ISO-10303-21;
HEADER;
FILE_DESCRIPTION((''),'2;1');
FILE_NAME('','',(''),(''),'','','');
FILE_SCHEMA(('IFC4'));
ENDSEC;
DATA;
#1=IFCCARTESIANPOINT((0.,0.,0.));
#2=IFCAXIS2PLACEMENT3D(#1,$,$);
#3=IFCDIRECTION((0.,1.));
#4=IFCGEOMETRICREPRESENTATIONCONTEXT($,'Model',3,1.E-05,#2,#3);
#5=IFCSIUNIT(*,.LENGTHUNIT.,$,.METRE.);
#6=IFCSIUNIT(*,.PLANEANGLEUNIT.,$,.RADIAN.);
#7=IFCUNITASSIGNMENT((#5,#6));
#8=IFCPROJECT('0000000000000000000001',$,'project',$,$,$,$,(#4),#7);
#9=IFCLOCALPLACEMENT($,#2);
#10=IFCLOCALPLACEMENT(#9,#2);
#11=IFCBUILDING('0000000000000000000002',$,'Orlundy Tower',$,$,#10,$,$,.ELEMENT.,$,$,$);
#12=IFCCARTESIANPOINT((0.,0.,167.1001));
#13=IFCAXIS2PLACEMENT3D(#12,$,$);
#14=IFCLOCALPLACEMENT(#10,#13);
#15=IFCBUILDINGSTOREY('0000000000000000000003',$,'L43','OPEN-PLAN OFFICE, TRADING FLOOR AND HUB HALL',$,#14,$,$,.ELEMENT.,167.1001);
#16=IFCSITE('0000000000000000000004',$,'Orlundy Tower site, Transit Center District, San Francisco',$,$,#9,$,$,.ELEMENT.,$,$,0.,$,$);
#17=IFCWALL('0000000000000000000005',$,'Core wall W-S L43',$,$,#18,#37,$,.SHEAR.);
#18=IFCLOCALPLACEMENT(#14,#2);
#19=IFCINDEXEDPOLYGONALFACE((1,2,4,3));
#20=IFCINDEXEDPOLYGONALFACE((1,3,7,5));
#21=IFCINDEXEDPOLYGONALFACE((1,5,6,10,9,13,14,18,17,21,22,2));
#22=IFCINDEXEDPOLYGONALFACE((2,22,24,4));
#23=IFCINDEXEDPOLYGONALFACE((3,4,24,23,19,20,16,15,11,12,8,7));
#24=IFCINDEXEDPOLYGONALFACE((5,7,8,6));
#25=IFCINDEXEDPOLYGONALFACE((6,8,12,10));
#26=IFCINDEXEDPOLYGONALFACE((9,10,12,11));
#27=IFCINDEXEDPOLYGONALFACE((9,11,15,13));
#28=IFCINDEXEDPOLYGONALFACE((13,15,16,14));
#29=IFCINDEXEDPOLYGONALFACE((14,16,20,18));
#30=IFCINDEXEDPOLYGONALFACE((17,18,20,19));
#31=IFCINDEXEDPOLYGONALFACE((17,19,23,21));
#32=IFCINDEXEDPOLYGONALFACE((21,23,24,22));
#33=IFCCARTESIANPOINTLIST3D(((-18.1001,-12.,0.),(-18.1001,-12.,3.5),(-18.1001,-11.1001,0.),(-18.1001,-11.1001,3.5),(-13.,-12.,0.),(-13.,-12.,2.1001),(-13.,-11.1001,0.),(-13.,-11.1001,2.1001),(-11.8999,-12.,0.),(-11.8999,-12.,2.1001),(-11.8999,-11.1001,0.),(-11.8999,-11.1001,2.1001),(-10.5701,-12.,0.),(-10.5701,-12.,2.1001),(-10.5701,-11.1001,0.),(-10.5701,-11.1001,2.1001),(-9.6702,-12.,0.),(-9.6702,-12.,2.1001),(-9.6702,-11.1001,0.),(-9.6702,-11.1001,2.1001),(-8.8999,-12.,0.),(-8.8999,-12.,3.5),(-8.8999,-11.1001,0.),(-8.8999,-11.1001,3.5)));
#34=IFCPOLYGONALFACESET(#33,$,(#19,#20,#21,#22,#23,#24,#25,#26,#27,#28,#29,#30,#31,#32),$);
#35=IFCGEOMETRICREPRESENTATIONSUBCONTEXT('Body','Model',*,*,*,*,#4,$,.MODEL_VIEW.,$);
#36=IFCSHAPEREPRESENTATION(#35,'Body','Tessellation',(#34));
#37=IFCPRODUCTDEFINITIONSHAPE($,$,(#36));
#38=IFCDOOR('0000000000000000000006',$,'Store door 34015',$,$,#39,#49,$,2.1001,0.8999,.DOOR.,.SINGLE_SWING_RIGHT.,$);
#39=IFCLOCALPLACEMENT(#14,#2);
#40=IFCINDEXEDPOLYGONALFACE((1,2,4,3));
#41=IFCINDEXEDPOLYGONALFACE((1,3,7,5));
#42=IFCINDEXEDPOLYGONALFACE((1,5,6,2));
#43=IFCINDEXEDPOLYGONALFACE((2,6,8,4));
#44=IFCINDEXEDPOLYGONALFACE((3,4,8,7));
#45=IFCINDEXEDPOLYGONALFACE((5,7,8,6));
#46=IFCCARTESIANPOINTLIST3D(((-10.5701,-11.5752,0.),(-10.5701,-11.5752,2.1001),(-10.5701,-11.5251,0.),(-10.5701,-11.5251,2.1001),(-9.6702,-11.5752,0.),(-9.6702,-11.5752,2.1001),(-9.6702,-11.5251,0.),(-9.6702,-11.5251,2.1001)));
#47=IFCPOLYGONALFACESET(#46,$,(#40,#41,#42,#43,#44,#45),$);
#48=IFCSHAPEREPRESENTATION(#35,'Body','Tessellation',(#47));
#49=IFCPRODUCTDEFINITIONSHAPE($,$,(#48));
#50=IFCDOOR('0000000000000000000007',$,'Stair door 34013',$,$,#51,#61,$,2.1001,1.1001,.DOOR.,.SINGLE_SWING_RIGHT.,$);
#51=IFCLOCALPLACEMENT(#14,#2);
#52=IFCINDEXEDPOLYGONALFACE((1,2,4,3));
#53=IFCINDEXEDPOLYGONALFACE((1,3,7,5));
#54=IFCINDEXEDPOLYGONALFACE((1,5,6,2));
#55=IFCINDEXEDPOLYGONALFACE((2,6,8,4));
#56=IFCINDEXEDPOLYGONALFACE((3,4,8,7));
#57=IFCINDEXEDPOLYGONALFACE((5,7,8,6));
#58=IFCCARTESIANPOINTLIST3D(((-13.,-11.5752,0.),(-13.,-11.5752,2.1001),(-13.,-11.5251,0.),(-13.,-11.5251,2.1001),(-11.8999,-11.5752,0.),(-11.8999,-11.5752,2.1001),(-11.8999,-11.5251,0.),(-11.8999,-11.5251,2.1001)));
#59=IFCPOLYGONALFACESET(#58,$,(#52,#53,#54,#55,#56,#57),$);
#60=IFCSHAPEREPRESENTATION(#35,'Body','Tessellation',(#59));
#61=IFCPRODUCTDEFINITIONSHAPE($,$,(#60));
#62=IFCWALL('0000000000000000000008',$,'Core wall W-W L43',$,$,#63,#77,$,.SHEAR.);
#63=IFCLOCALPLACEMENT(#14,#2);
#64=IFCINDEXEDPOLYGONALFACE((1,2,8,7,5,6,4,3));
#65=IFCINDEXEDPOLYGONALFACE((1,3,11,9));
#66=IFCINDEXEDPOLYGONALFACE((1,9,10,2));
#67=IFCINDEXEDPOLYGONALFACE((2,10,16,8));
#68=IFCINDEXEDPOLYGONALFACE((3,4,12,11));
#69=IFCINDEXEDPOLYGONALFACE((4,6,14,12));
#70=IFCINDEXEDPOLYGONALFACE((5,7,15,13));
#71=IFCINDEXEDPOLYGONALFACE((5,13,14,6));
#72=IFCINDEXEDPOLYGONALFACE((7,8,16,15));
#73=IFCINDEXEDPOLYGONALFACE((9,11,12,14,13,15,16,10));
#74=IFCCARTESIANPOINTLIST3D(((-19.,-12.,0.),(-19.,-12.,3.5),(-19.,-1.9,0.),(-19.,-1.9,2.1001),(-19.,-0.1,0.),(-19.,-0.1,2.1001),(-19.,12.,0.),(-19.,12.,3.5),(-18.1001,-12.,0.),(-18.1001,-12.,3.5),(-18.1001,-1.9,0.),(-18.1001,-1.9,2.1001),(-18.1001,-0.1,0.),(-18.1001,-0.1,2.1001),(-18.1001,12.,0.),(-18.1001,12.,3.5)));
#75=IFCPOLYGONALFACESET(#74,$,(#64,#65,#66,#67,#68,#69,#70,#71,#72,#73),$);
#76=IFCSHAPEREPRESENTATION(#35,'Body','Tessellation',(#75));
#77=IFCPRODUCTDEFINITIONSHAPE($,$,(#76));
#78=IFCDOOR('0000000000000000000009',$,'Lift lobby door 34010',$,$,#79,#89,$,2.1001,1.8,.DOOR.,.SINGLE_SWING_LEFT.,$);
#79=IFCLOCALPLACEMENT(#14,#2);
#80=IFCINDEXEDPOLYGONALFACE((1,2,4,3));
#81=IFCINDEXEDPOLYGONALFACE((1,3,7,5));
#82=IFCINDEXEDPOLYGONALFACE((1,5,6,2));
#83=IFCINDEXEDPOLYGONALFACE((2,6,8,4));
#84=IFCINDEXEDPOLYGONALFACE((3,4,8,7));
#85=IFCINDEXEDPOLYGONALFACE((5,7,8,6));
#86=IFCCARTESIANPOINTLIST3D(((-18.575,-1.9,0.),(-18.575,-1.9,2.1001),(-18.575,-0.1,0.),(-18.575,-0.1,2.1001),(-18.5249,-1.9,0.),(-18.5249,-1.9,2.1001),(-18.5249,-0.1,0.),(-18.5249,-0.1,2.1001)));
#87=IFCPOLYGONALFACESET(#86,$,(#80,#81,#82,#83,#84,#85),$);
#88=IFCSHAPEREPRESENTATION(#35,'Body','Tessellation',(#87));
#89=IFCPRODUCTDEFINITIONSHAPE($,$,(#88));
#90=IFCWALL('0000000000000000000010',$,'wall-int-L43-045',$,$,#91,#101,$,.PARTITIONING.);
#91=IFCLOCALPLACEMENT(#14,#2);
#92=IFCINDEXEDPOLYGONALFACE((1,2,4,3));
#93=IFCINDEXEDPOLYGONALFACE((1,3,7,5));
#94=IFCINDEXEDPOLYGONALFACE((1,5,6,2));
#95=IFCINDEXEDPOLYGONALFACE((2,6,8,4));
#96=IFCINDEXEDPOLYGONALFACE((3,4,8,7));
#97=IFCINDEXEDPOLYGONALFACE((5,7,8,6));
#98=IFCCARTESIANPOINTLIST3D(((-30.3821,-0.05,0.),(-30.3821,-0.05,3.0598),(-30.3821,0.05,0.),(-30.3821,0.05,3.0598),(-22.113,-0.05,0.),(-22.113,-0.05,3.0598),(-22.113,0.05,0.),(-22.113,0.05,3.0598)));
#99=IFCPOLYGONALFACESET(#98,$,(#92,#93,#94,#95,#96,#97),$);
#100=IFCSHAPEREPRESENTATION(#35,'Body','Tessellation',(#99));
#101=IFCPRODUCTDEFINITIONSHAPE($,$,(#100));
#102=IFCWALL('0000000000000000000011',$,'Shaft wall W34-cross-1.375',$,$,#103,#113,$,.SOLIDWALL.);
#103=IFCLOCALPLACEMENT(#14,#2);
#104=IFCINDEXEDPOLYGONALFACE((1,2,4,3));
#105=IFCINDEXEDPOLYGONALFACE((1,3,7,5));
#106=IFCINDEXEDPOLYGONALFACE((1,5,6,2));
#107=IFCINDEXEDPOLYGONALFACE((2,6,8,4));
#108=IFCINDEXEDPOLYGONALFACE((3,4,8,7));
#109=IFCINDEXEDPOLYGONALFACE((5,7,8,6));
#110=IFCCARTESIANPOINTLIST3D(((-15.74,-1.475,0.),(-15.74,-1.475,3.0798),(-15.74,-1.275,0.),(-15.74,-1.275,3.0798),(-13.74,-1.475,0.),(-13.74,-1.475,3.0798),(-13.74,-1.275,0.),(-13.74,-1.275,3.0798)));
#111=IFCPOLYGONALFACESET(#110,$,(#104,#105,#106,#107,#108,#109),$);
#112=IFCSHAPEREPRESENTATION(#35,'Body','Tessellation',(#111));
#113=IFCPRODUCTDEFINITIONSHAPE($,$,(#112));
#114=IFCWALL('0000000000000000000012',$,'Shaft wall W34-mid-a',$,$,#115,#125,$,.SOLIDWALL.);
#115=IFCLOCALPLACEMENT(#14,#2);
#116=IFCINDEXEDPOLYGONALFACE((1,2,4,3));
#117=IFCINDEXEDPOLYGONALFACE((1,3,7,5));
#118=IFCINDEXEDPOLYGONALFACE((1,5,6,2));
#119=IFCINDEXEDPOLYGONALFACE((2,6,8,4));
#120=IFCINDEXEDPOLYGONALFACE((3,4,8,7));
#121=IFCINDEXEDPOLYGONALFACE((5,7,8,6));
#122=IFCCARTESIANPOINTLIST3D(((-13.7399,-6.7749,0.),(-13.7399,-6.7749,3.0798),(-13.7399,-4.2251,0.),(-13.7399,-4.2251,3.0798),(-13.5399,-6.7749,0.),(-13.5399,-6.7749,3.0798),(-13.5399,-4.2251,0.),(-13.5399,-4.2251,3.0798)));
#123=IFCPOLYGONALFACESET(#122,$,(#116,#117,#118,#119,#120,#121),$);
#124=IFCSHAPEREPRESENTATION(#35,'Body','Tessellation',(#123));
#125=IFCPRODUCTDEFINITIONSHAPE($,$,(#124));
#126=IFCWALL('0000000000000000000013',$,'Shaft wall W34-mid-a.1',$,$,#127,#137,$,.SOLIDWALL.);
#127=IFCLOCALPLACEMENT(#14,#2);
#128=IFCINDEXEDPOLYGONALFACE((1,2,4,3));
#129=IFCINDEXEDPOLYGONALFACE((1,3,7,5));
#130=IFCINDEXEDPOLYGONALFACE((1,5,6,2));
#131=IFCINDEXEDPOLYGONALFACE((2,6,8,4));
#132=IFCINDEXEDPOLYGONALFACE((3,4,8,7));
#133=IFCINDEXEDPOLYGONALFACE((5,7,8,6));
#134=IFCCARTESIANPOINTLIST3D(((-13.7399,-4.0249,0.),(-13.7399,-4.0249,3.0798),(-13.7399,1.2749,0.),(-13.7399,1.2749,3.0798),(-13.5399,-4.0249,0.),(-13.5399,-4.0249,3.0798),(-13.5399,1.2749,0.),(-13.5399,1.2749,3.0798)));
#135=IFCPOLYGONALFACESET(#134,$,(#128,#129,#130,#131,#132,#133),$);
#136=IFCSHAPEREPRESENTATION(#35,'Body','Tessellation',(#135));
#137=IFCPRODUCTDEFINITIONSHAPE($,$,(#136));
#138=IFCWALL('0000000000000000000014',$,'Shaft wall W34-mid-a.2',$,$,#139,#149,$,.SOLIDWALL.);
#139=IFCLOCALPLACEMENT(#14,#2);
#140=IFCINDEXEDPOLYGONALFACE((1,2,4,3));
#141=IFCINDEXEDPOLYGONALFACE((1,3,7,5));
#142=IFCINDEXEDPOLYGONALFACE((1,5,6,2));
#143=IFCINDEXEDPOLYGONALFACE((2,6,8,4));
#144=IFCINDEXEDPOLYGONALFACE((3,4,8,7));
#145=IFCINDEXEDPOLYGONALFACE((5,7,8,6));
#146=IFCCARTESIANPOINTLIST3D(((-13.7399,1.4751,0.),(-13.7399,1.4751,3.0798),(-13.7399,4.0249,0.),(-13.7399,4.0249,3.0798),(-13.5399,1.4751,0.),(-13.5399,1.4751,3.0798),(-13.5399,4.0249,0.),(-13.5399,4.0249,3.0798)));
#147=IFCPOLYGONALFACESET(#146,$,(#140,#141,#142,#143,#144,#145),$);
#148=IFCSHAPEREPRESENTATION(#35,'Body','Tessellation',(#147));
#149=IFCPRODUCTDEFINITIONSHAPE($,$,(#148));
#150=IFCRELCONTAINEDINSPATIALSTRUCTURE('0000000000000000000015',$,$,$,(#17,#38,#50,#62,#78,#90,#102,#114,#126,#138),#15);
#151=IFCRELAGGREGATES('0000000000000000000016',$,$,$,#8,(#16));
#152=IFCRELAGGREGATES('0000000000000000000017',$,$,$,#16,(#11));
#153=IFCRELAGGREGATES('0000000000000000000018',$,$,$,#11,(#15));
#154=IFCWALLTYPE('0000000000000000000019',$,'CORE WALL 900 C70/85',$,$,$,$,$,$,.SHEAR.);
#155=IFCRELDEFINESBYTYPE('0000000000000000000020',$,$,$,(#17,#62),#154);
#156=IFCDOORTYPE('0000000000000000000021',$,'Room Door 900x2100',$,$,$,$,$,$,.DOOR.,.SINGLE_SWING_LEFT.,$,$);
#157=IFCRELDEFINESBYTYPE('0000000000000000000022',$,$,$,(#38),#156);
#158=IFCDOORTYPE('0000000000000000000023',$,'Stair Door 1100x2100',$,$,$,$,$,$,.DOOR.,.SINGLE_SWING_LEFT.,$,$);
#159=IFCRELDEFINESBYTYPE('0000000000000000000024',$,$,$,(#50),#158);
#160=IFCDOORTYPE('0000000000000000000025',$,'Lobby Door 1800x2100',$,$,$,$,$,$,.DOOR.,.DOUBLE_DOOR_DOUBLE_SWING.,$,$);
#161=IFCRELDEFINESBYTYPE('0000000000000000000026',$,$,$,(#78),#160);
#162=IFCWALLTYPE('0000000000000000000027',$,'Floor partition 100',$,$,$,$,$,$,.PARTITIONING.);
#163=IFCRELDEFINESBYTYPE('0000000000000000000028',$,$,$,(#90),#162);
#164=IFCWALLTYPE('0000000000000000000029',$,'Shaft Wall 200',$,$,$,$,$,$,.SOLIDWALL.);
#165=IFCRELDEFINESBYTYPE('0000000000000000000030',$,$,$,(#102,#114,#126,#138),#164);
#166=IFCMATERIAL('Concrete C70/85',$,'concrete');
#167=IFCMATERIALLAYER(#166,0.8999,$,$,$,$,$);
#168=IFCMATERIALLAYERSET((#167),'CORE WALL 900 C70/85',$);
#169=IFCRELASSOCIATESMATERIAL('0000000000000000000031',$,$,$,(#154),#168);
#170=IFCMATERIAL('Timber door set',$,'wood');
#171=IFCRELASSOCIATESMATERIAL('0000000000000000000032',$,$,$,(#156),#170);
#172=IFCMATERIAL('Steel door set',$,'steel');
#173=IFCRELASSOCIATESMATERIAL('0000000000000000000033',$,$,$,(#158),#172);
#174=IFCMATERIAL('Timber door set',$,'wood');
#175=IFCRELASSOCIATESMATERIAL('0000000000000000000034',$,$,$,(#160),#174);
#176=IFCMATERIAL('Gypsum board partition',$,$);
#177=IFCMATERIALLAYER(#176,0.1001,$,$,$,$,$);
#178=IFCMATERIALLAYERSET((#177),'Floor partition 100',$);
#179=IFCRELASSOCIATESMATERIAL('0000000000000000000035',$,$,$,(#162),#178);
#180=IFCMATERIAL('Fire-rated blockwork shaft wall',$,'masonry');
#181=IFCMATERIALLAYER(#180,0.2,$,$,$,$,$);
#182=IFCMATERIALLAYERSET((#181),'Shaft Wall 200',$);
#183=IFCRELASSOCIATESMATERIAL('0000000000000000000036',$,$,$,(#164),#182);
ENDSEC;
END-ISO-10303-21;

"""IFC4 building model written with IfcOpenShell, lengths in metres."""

from ifc_helpers import new_model, si_unit, direction, frame, frame_2d, origin, place, context, subcontext, project, spatial, rectangle, extrude, material, layer, layer_set, type_object, element, fill, save


model = new_model("IFC4")

# Units and contexts
model_context = context("Model", 3, precision=1e-05, world=origin(), true_north=direction((0.0, 1.0)))
body_context = subcontext(model_context, "Body", "Model", "MODEL_VIEW")
ifc_project = project(units=[si_unit("LENGTHUNIT", "METRE"), si_unit("PLANEANGLEUNIT", "RADIAN")], contexts=[model_context])

# Site, building, storey
site_placement = place(None, origin())
site = spatial("IfcSite", under=ifc_project, at=site_placement, Name="Orlundy Tower site, Transit Center District, San Francisco", CompositionType="ELEMENT", RefElevation=0.0)
building_placement = place(site_placement, origin())
building = spatial("IfcBuilding", under=site, at=building_placement, Name="Orlundy Tower", CompositionType="ELEMENT")
storey_placement = place(building_placement, frame((0.0, 0.0, 167.1001)))
storey = spatial("IfcBuildingStorey", under=building, at=storey_placement, Name="L43", Description="OPEN-PLAN OFFICE, TRADING FLOOR AND HUB HALL", CompositionType="ELEMENT", Elevation=167.1001)

# Wall, openings, doors
ifc_material_1 = material(Name="Concrete C70/85", Category="concrete")
ifc_layer_1 = layer(ifc_material_1, 0.8999)
ifc_layer_set_1 = layer_set([ifc_layer_1], Name="CORE WALL 900 C70/85")
wall_type_1 = type_object("IfcWallType", Name="CORE WALL 900 C70/85", PredefinedType="SHEAR", material=ifc_layer_set_1)
wall_1_placement = place(storey_placement, frame((-18.1001, -11.55, 0.0), z_axis=(0.0, 0.0, 1.0), x_axis=(1.0, 0.0, 0.0)))
wall_1 = element("IfcWall", 1, at=wall_1_placement, inside=storey, type_object=wall_type_1, Name="Core wall W-S L43", PredefinedType="SHEAR", context=body_context, shape_type="SweptSolid", body=[
    extrude(rectangle(XDim=9.2002, YDim=0.8999, at=frame_2d((4.6001, 0.0))), origin(), (0.0, 0.0, 1.0), 3.5),
])
opening_1_placement = place(wall_1_placement, frame((5.1001, 0.0, 0.0)))
opening_1 = element("IfcOpeningElement", 2, at=opening_1_placement, cuts=wall_1, PredefinedType="OPENING", context=body_context, shape_type="SweptSolid", body=[
    extrude(rectangle(XDim=1.1001, YDim=2.1001, at=frame_2d((0.55, 1.05))), frame((0.0, 0.46, 0.0), z_axis=(0.0, -1.0, 0.0), x_axis=(1.0, 0.0, 0.0)), (0.0, 0.0, 1.0), 0.9199),
])
opening_2_placement = place(wall_1_placement, frame((7.53, 0.0, 0.0)))
opening_2 = element("IfcOpeningElement", 3, at=opening_2_placement, cuts=wall_1, PredefinedType="OPENING", context=body_context, shape_type="SweptSolid", body=[
    extrude(rectangle(XDim=0.8999, YDim=2.1001, at=frame_2d((0.45, 1.05))), frame((0.0, 0.46, 0.0), z_axis=(0.0, -1.0, 0.0), x_axis=(1.0, 0.0, 0.0)), (0.0, 0.0, 1.0), 0.9199),
])
ifc_material_2 = material(Name="Timber door set", Category="wood")
door_type_1 = type_object("IfcDoorType", Name="Room Door 900x2100", OperationType="SINGLE_SWING_LEFT", PredefinedType="DOOR", material=ifc_material_2)
door_1_placement = place(opening_2_placement, origin())
door_1 = element("IfcDoor", 4, at=door_1_placement, inside=storey, type_object=door_type_1, Name="Store door 34015", OperationType="SINGLE_SWING_RIGHT", OverallHeight=2.1001, OverallWidth=0.8999, PredefinedType="DOOR", context=body_context, shape_type="SweptSolid", body=[
    extrude(rectangle(XDim=0.8999, YDim=2.1001, at=frame_2d((0.45, 1.05))), frame((0.0, 0.0249, 0.0), z_axis=(0.0, -1.0, 0.0), x_axis=(1.0, 0.0, 0.0)), (0.0, 0.0, 1.0), 0.05),
])
fill(opening_2, door_1)
ifc_material_3 = material(Name="Steel door set", Category="steel")
door_type_2 = type_object("IfcDoorType", Name="Stair Door 1100x2100", OperationType="SINGLE_SWING_LEFT", PredefinedType="DOOR", material=ifc_material_3)
door_2_placement = place(opening_1_placement, origin())
door_2 = element("IfcDoor", 5, at=door_2_placement, inside=storey, type_object=door_type_2, Name="Stair door 34013", OperationType="SINGLE_SWING_RIGHT", OverallHeight=2.1001, OverallWidth=1.1001, PredefinedType="DOOR", context=body_context, shape_type="SweptSolid", body=[
    extrude(rectangle(XDim=1.1001, YDim=2.1001, at=frame_2d((0.55, 1.05))), frame((0.0, 0.0249, 0.0), z_axis=(0.0, -1.0, 0.0), x_axis=(1.0, 0.0, 0.0)), (0.0, 0.0, 1.0), 0.05),
])
fill(opening_1, door_2)

# Wall, opening, door
wall_2_placement = place(storey_placement, frame((-18.55, -12.0, 0.0), z_axis=(0.0, 0.0, 1.0), x_axis=(0.0, 1.0, 0.0)))
wall_2 = element("IfcWall", 6, at=wall_2_placement, inside=storey, type_object=wall_type_1, Name="Core wall W-W L43", PredefinedType="SHEAR", context=body_context, shape_type="SweptSolid", body=[
    extrude(rectangle(XDim=24.0, YDim=0.8999, at=frame_2d((12.0, 0.0))), origin(), (0.0, 0.0, 1.0), 3.5),
])
opening_3_placement = place(wall_2_placement, frame((10.1001, 0.0, 0.0)))
opening_3 = element("IfcOpeningElement", 7, at=opening_3_placement, cuts=wall_2, PredefinedType="OPENING", context=body_context, shape_type="SweptSolid", body=[
    extrude(rectangle(XDim=1.8, YDim=2.1001, at=frame_2d((0.8999, 1.05))), frame((0.0, 0.46, 0.0), z_axis=(0.0, -1.0, 0.0), x_axis=(1.0, 0.0, 0.0)), (0.0, 0.0, 1.0), 0.9199),
])
ifc_material_4 = material(Name="Timber door set", Category="wood")
door_type_3 = type_object("IfcDoorType", Name="Lobby Door 1800x2100", OperationType="DOUBLE_DOOR_DOUBLE_SWING", PredefinedType="DOOR", material=ifc_material_4)
door_3_placement = place(opening_3_placement, origin())
door_3 = element("IfcDoor", 8, at=door_3_placement, inside=storey, type_object=door_type_3, Name="Lift lobby door 34010", OperationType="SINGLE_SWING_LEFT", OverallHeight=2.1001, OverallWidth=1.8, PredefinedType="DOOR", context=body_context, shape_type="SweptSolid", body=[
    extrude(rectangle(XDim=1.8, YDim=2.1001, at=frame_2d((0.8999, 1.05))), frame((0.0, 0.0249, 0.0), z_axis=(0.0, -1.0, 0.0), x_axis=(1.0, 0.0, 0.0)), (0.0, 0.0, 1.0), 0.05),
])
fill(opening_3, door_3)

# Walls
ifc_material_5 = material(Name="Gypsum board partition")
ifc_layer_2 = layer(ifc_material_5, 0.1001)
ifc_layer_set_2 = layer_set([ifc_layer_2], Name="Floor partition 100")
wall_type_2 = type_object("IfcWallType", Name="Floor partition 100", PredefinedType="PARTITIONING", material=ifc_layer_set_2)
wall_3_placement = place(storey_placement, frame((-30.3821, 0.0, 0.0), z_axis=(0.0, 0.0, 1.0), x_axis=(1.0, 0.0, 0.0)))
element("IfcWall", 9, at=wall_3_placement, inside=storey, type_object=wall_type_2, Name="wall-int-L43-045", PredefinedType="PARTITIONING", context=body_context, shape_type="SweptSolid", body=[
    extrude(rectangle(XDim=8.269, YDim=0.1001, at=frame_2d((4.1345, 0.0))), origin(), (0.0, 0.0, 1.0), 3.0598),
])
ifc_material_6 = material(Name="Fire-rated blockwork shaft wall", Category="masonry")
ifc_layer_3 = layer(ifc_material_6, 0.2)
ifc_layer_set_3 = layer_set([ifc_layer_3], Name="Shaft Wall 200")
wall_type_3 = type_object("IfcWallType", Name="Shaft Wall 200", PredefinedType="SOLIDWALL", material=ifc_layer_set_3)
wall_4_placement = place(storey_placement, frame((-13.74, -1.375, 0.0), z_axis=(0.0, 0.0, 1.0), x_axis=(-1.0, 0.0, 0.0)))
element("IfcWall", 10, at=wall_4_placement, inside=storey, type_object=wall_type_3, Name="Shaft wall W34-cross-1.375", PredefinedType="SOLIDWALL", context=body_context, shape_type="SweptSolid", body=[
    extrude(rectangle(XDim=2.0, YDim=0.2, at=frame_2d((1.0, 0.0))), origin(), (0.0, 0.0, 1.0), 3.0798),
])
wall_5_placement = place(storey_placement, frame((-13.6399, -6.7749, 0.0), z_axis=(0.0, 0.0, 1.0), x_axis=(0.0, 1.0, 0.0)))
element("IfcWall", 11, at=wall_5_placement, inside=storey, type_object=wall_type_3, Name="Shaft wall W34-mid-a", PredefinedType="SOLIDWALL", context=body_context, shape_type="SweptSolid", body=[
    extrude(rectangle(XDim=2.5498, YDim=0.2, at=frame_2d((1.2749, 0.0))), origin(), (0.0, 0.0, 1.0), 3.0798),
])
wall_6_placement = place(storey_placement, frame((-13.6399, -4.0249, 0.0), z_axis=(0.0, 0.0, 1.0), x_axis=(0.0, 1.0, 0.0)))
element("IfcWall", 12, at=wall_6_placement, inside=storey, type_object=wall_type_3, Name="Shaft wall W34-mid-a.1", PredefinedType="SOLIDWALL", context=body_context, shape_type="SweptSolid", body=[
    extrude(rectangle(XDim=5.2998, YDim=0.2, at=frame_2d((2.6499, 0.0))), origin(), (0.0, 0.0, 1.0), 3.0798),
])
wall_7_placement = place(storey_placement, frame((-13.6399, 1.4751, 0.0), z_axis=(0.0, 0.0, 1.0), x_axis=(0.0, 1.0, 0.0)))
element("IfcWall", 13, at=wall_7_placement, inside=storey, type_object=wall_type_3, Name="Shaft wall W34-mid-a.2", PredefinedType="SOLIDWALL", context=body_context, shape_type="SweptSolid", body=[
    extrude(rectangle(XDim=2.5498, YDim=0.2, at=frame_2d((1.2749, 0.0))), origin(), (0.0, 0.0, 1.0), 3.0798),
])

save(model, "model.ifc")
